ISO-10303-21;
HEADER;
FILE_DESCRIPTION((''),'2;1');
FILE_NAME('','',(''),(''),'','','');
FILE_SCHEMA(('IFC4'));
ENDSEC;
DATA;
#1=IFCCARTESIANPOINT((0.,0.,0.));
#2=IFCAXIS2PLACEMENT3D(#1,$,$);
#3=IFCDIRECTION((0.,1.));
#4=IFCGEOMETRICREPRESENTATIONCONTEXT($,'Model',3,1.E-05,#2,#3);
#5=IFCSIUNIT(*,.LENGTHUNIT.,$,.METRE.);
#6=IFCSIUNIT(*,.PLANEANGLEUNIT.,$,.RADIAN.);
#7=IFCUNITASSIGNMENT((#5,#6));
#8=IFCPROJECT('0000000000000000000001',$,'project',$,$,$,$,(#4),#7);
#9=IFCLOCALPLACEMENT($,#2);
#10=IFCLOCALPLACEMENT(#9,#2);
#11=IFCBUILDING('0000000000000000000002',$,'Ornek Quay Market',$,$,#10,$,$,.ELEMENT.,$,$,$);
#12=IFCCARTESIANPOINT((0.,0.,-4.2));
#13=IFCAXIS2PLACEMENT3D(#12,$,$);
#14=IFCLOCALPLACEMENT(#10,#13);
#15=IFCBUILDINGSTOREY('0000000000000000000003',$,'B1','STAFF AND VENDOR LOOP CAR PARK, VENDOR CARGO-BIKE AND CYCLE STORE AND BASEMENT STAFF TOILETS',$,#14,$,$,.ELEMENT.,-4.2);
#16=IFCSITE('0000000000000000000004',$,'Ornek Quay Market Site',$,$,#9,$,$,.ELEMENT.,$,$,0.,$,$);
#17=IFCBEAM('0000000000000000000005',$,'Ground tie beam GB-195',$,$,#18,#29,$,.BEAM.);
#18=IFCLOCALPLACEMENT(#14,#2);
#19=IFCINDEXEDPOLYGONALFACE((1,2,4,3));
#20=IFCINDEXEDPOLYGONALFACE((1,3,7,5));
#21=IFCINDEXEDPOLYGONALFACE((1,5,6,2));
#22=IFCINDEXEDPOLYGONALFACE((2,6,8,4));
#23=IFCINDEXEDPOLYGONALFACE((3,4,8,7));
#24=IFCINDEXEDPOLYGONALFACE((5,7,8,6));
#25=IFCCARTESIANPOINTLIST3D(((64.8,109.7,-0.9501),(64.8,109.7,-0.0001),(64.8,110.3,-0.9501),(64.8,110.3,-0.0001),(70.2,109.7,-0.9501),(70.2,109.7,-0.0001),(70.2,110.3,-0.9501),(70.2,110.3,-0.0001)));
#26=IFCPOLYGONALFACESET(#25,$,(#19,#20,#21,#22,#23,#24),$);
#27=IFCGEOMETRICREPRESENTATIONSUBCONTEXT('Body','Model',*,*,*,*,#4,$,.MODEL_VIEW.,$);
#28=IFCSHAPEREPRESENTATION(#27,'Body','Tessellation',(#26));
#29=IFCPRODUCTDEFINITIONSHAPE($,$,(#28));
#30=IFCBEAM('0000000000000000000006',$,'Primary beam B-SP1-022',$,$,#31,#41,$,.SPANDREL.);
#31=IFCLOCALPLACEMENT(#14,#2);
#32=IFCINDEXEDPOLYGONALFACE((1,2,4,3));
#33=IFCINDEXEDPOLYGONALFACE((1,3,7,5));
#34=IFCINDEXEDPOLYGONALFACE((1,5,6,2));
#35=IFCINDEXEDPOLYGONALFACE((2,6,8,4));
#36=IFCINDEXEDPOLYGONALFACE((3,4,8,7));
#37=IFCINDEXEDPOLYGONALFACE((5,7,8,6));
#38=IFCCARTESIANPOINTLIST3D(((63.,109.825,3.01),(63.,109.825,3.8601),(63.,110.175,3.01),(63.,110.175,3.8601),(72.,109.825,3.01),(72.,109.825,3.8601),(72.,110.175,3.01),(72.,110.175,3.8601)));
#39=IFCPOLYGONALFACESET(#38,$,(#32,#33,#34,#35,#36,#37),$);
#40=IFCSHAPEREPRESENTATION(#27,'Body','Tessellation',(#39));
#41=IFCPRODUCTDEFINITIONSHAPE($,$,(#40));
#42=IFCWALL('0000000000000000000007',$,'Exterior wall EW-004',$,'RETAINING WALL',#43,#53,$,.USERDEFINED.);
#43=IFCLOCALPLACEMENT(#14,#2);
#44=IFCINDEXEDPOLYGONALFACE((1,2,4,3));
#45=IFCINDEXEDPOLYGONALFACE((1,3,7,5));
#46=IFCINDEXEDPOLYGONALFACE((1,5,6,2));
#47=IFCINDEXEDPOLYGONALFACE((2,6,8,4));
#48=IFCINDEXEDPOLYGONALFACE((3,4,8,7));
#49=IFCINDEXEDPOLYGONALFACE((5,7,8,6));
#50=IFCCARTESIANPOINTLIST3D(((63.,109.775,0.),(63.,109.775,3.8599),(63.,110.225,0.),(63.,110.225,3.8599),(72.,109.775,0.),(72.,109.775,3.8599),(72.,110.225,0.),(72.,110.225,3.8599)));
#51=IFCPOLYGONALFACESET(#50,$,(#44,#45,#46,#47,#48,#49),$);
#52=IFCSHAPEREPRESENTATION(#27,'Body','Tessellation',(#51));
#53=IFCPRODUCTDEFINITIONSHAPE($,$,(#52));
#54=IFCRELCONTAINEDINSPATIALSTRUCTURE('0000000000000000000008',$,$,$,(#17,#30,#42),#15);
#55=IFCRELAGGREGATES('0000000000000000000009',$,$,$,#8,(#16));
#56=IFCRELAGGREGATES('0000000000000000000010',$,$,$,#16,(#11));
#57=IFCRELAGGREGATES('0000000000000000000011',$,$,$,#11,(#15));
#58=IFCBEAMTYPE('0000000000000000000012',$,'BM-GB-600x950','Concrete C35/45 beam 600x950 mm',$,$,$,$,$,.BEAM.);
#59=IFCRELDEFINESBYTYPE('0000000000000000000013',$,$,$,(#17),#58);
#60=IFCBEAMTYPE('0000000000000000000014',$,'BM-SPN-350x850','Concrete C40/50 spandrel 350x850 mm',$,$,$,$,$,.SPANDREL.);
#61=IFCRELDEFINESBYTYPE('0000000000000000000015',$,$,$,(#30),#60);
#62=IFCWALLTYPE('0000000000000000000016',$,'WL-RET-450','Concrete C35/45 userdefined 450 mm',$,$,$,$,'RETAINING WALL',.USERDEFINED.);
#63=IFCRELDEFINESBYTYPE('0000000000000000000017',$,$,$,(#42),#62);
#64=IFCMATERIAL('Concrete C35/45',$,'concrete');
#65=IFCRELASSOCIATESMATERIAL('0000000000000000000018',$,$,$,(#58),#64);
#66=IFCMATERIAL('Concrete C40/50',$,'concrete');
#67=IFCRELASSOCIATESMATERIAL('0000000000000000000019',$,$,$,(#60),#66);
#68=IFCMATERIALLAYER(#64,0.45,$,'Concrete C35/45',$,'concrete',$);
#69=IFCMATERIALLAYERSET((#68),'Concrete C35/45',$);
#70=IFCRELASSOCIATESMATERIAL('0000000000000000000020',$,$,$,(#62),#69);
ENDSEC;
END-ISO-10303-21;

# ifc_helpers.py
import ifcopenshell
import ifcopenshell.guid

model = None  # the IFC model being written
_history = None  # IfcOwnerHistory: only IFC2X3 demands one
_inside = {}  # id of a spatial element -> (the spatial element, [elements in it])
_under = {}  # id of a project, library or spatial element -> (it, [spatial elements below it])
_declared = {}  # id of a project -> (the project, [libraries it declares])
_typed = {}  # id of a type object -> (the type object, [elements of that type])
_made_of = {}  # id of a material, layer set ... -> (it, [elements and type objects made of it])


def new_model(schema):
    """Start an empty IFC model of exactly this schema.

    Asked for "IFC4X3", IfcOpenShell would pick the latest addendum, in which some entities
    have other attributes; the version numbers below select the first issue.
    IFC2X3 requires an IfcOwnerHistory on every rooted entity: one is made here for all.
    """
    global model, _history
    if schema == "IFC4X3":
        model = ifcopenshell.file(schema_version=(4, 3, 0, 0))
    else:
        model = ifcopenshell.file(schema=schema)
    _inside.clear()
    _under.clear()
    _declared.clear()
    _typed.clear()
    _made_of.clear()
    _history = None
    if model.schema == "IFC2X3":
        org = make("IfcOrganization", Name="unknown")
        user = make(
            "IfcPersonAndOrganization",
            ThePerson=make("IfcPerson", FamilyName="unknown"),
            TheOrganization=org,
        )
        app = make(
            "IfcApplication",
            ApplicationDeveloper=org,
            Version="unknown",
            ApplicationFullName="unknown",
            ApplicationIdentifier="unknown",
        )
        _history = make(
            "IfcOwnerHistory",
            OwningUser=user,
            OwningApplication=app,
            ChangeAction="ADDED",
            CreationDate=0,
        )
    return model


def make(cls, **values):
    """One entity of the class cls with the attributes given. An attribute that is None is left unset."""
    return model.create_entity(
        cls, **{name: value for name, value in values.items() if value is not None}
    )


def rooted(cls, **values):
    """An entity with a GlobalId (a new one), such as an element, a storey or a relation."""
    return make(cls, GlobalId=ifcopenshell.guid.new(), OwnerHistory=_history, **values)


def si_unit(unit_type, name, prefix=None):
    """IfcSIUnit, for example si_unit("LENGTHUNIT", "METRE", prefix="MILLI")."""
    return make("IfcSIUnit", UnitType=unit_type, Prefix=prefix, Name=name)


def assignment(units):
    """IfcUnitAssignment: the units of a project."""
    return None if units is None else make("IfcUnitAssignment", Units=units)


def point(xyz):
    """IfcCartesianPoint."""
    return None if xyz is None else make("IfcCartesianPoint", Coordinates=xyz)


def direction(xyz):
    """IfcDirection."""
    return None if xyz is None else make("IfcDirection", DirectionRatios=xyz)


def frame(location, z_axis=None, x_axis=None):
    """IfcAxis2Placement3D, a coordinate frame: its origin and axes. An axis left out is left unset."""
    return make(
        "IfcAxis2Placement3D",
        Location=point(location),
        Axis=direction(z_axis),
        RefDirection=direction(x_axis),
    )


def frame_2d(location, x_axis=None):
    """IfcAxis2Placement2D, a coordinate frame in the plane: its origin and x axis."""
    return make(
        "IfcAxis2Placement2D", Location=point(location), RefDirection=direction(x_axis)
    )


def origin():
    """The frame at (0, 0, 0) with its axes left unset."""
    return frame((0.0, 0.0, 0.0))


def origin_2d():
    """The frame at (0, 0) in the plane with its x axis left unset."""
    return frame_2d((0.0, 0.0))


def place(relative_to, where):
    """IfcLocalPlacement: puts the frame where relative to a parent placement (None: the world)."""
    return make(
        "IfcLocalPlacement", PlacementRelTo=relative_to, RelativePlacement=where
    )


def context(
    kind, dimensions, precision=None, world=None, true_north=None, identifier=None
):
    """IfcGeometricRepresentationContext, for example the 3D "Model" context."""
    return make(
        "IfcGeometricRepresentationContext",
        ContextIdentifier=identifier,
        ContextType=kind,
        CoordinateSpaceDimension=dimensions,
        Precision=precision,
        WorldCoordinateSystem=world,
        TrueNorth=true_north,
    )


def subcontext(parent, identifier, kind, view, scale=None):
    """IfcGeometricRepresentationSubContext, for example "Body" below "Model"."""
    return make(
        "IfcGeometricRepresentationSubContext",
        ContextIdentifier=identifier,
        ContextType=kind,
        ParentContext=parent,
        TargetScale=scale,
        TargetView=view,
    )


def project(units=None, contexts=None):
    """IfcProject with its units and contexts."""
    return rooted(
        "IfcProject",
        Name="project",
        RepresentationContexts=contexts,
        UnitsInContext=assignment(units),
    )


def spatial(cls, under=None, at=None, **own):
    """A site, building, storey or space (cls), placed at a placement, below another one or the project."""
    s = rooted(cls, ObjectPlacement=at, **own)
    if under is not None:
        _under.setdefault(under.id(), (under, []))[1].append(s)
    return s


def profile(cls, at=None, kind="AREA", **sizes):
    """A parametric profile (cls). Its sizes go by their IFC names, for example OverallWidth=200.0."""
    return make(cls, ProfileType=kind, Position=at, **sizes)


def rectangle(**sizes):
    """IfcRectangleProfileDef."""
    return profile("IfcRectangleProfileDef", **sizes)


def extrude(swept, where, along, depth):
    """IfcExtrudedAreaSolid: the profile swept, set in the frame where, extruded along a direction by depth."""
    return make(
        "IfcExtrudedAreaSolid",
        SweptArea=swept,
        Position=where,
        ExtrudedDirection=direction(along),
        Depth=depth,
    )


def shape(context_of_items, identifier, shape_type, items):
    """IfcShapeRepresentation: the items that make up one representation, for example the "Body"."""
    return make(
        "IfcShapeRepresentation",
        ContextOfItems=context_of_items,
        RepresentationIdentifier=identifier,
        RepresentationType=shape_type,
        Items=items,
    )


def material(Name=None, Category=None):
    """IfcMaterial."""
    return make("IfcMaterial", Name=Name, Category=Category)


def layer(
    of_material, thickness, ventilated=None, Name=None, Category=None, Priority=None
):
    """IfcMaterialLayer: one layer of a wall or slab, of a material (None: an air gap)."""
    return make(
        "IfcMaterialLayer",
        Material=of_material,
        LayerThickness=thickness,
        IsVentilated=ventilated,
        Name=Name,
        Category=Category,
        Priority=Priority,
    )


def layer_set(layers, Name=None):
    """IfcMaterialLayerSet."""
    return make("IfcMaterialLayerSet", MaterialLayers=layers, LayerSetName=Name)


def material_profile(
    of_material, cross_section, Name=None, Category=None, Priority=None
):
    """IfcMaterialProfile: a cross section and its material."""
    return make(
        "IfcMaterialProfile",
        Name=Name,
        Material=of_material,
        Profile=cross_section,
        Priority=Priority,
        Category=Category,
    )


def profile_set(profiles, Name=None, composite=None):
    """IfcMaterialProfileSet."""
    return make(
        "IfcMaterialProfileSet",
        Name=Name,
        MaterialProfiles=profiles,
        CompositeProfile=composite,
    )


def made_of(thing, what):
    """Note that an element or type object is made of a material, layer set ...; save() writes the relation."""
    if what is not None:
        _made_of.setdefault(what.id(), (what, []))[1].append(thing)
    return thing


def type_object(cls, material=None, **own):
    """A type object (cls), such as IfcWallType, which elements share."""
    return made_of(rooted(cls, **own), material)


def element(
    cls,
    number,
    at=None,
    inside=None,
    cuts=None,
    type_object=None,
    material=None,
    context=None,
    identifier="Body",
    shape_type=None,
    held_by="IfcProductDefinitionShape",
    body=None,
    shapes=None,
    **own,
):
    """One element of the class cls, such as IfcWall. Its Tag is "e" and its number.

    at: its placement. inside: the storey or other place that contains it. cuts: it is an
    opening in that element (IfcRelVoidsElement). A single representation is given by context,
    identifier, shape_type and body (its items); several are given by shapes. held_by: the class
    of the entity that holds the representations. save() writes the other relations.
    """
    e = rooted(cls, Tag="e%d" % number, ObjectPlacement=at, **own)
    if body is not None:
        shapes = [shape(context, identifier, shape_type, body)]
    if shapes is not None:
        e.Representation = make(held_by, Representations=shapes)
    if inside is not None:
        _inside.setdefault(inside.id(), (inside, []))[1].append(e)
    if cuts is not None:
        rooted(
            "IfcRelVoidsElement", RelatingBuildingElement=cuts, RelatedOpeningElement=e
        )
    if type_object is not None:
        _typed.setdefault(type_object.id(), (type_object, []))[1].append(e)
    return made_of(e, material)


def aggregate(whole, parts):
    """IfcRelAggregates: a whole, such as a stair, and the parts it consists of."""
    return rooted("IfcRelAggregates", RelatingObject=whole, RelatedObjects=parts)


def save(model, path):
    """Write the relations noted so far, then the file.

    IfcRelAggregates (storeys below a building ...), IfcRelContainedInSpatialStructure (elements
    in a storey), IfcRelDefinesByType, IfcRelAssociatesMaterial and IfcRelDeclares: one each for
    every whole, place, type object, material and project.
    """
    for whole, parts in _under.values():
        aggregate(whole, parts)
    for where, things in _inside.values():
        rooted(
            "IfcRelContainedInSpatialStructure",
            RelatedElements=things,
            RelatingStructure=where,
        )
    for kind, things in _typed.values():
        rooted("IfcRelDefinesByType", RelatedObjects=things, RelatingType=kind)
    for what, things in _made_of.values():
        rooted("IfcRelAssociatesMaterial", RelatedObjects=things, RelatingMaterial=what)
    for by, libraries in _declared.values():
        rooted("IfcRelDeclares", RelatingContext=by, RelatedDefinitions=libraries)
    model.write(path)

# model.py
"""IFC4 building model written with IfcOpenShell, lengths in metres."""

from ifc_helpers import new_model, si_unit, direction, frame, frame_2d, origin, origin_2d, place, context, subcontext, project, spatial, rectangle, extrude, material, layer, layer_set, material_profile, profile_set, type_object, element, save


model = new_model("IFC4")

# Units and contexts
model_context = context("Model", 3, precision=1e-05, world=origin(), true_north=direction((0.0, 1.0)))
body_context = subcontext(model_context, "Body", "Model", "MODEL_VIEW")
ifc_project = project(units=[si_unit("LENGTHUNIT", "METRE"), si_unit("PLANEANGLEUNIT", "RADIAN")], contexts=[model_context])

# Site, building, storey
site_placement = place(None, origin())
site = spatial("IfcSite", under=ifc_project, at=site_placement, Name="Ornek Quay Market Site", CompositionType="ELEMENT", RefElevation=0.0)
building_placement = place(site_placement, origin())
building = spatial("IfcBuilding", under=site, at=building_placement, Name="Ornek Quay Market", CompositionType="ELEMENT")
storey_placement = place(building_placement, frame((0.0, 0.0, -4.2)))
storey = spatial("IfcBuildingStorey", under=building, at=storey_placement, Name="B1", Description="STAFF AND VENDOR LOOP CAR PARK, VENDOR CARGO-BIKE AND CYCLE STORE AND BASEMENT STAFF TOILETS", CompositionType="ELEMENT", Elevation=-4.2)

# Shared definitions
ifc_material_1 = material(Name="Concrete C35/45", Category="concrete")

# Shared definitions
ifc_material_2 = material(Name="Concrete C40/50", Category="concrete")

# Beams
ifc_material_profile_1 = material_profile(ifc_material_1, rectangle(XDim=0.6001, YDim=0.95, at=origin_2d()), Name="RC 600x950", Category="concrete")
ifc_profile_set_1 = profile_set([ifc_material_profile_1], Name="Concrete C35/45")
beam_type_1 = type_object("IfcBeamType", Name="BM-GB-600x950", Description="Concrete C35/45 beam 600x950 mm", PredefinedType="BEAM", material=ifc_profile_set_1)
beam_1_placement = place(storey_placement, frame((64.8, 110.0, -0.4751), z_axis=(1.0, 0.0, 0.0), x_axis=(0.0, 1.0, 0.0)))
element("IfcBeam", 1, at=beam_1_placement, inside=storey, type_object=beam_type_1, Name="Ground tie beam GB-195", PredefinedType="BEAM", context=body_context, shape_type="SweptSolid", body=[
    extrude(rectangle(XDim=0.6001, YDim=0.95, at=origin_2d()), origin(), (0.0, 0.0, 1.0), 5.3999),
])
ifc_material_profile_2 = material_profile(ifc_material_2, rectangle(XDim=0.3501, YDim=0.8501, at=origin_2d()), Name="RC 350x850", Category="concrete")
ifc_profile_set_2 = profile_set([ifc_material_profile_2], Name="Concrete C40/50")
beam_type_2 = type_object("IfcBeamType", Name="BM-SPN-350x850", Description="Concrete C40/50 spandrel 350x850 mm", PredefinedType="SPANDREL", material=ifc_profile_set_2)
beam_2_placement = place(storey_placement, frame((63.0, 110.0, 3.4351), z_axis=(1.0, 0.0, 0.0), x_axis=(0.0, 1.0, 0.0)))
element("IfcBeam", 2, at=beam_2_placement, inside=storey, type_object=beam_type_2, Name="Primary beam B-SP1-022", PredefinedType="SPANDREL", context=body_context, shape_type="SweptSolid", body=[
    extrude(rectangle(XDim=0.3501, YDim=0.8501, at=origin_2d()), origin(), (0.0, 0.0, 1.0), 9.0),
])

# Wall
ifc_layer = layer(ifc_material_1, 0.45, Name="Concrete C35/45", Category="concrete")
ifc_layer_set = layer_set([ifc_layer], Name="Concrete C35/45")
wall_type = type_object("IfcWallType", Name="WL-RET-450", Description="Concrete C35/45 userdefined 450 mm", ElementType="RETAINING WALL", PredefinedType="USERDEFINED", material=ifc_layer_set)
wall_placement = place(storey_placement, frame((63.0, 110.0, 0.0), z_axis=(0.0, 0.0, 1.0), x_axis=(1.0, 0.0, 0.0)))
element("IfcWall", 3, at=wall_placement, inside=storey, type_object=wall_type, Name="Exterior wall EW-004", ObjectType="RETAINING WALL", PredefinedType="USERDEFINED", context=body_context, shape_type="SweptSolid", body=[
    extrude(rectangle(XDim=9.0, YDim=0.45, at=frame_2d((4.5, 0.0))), origin(), (0.0, 0.0, 1.0), 3.8599),
])

save(model, "model.ifc")
